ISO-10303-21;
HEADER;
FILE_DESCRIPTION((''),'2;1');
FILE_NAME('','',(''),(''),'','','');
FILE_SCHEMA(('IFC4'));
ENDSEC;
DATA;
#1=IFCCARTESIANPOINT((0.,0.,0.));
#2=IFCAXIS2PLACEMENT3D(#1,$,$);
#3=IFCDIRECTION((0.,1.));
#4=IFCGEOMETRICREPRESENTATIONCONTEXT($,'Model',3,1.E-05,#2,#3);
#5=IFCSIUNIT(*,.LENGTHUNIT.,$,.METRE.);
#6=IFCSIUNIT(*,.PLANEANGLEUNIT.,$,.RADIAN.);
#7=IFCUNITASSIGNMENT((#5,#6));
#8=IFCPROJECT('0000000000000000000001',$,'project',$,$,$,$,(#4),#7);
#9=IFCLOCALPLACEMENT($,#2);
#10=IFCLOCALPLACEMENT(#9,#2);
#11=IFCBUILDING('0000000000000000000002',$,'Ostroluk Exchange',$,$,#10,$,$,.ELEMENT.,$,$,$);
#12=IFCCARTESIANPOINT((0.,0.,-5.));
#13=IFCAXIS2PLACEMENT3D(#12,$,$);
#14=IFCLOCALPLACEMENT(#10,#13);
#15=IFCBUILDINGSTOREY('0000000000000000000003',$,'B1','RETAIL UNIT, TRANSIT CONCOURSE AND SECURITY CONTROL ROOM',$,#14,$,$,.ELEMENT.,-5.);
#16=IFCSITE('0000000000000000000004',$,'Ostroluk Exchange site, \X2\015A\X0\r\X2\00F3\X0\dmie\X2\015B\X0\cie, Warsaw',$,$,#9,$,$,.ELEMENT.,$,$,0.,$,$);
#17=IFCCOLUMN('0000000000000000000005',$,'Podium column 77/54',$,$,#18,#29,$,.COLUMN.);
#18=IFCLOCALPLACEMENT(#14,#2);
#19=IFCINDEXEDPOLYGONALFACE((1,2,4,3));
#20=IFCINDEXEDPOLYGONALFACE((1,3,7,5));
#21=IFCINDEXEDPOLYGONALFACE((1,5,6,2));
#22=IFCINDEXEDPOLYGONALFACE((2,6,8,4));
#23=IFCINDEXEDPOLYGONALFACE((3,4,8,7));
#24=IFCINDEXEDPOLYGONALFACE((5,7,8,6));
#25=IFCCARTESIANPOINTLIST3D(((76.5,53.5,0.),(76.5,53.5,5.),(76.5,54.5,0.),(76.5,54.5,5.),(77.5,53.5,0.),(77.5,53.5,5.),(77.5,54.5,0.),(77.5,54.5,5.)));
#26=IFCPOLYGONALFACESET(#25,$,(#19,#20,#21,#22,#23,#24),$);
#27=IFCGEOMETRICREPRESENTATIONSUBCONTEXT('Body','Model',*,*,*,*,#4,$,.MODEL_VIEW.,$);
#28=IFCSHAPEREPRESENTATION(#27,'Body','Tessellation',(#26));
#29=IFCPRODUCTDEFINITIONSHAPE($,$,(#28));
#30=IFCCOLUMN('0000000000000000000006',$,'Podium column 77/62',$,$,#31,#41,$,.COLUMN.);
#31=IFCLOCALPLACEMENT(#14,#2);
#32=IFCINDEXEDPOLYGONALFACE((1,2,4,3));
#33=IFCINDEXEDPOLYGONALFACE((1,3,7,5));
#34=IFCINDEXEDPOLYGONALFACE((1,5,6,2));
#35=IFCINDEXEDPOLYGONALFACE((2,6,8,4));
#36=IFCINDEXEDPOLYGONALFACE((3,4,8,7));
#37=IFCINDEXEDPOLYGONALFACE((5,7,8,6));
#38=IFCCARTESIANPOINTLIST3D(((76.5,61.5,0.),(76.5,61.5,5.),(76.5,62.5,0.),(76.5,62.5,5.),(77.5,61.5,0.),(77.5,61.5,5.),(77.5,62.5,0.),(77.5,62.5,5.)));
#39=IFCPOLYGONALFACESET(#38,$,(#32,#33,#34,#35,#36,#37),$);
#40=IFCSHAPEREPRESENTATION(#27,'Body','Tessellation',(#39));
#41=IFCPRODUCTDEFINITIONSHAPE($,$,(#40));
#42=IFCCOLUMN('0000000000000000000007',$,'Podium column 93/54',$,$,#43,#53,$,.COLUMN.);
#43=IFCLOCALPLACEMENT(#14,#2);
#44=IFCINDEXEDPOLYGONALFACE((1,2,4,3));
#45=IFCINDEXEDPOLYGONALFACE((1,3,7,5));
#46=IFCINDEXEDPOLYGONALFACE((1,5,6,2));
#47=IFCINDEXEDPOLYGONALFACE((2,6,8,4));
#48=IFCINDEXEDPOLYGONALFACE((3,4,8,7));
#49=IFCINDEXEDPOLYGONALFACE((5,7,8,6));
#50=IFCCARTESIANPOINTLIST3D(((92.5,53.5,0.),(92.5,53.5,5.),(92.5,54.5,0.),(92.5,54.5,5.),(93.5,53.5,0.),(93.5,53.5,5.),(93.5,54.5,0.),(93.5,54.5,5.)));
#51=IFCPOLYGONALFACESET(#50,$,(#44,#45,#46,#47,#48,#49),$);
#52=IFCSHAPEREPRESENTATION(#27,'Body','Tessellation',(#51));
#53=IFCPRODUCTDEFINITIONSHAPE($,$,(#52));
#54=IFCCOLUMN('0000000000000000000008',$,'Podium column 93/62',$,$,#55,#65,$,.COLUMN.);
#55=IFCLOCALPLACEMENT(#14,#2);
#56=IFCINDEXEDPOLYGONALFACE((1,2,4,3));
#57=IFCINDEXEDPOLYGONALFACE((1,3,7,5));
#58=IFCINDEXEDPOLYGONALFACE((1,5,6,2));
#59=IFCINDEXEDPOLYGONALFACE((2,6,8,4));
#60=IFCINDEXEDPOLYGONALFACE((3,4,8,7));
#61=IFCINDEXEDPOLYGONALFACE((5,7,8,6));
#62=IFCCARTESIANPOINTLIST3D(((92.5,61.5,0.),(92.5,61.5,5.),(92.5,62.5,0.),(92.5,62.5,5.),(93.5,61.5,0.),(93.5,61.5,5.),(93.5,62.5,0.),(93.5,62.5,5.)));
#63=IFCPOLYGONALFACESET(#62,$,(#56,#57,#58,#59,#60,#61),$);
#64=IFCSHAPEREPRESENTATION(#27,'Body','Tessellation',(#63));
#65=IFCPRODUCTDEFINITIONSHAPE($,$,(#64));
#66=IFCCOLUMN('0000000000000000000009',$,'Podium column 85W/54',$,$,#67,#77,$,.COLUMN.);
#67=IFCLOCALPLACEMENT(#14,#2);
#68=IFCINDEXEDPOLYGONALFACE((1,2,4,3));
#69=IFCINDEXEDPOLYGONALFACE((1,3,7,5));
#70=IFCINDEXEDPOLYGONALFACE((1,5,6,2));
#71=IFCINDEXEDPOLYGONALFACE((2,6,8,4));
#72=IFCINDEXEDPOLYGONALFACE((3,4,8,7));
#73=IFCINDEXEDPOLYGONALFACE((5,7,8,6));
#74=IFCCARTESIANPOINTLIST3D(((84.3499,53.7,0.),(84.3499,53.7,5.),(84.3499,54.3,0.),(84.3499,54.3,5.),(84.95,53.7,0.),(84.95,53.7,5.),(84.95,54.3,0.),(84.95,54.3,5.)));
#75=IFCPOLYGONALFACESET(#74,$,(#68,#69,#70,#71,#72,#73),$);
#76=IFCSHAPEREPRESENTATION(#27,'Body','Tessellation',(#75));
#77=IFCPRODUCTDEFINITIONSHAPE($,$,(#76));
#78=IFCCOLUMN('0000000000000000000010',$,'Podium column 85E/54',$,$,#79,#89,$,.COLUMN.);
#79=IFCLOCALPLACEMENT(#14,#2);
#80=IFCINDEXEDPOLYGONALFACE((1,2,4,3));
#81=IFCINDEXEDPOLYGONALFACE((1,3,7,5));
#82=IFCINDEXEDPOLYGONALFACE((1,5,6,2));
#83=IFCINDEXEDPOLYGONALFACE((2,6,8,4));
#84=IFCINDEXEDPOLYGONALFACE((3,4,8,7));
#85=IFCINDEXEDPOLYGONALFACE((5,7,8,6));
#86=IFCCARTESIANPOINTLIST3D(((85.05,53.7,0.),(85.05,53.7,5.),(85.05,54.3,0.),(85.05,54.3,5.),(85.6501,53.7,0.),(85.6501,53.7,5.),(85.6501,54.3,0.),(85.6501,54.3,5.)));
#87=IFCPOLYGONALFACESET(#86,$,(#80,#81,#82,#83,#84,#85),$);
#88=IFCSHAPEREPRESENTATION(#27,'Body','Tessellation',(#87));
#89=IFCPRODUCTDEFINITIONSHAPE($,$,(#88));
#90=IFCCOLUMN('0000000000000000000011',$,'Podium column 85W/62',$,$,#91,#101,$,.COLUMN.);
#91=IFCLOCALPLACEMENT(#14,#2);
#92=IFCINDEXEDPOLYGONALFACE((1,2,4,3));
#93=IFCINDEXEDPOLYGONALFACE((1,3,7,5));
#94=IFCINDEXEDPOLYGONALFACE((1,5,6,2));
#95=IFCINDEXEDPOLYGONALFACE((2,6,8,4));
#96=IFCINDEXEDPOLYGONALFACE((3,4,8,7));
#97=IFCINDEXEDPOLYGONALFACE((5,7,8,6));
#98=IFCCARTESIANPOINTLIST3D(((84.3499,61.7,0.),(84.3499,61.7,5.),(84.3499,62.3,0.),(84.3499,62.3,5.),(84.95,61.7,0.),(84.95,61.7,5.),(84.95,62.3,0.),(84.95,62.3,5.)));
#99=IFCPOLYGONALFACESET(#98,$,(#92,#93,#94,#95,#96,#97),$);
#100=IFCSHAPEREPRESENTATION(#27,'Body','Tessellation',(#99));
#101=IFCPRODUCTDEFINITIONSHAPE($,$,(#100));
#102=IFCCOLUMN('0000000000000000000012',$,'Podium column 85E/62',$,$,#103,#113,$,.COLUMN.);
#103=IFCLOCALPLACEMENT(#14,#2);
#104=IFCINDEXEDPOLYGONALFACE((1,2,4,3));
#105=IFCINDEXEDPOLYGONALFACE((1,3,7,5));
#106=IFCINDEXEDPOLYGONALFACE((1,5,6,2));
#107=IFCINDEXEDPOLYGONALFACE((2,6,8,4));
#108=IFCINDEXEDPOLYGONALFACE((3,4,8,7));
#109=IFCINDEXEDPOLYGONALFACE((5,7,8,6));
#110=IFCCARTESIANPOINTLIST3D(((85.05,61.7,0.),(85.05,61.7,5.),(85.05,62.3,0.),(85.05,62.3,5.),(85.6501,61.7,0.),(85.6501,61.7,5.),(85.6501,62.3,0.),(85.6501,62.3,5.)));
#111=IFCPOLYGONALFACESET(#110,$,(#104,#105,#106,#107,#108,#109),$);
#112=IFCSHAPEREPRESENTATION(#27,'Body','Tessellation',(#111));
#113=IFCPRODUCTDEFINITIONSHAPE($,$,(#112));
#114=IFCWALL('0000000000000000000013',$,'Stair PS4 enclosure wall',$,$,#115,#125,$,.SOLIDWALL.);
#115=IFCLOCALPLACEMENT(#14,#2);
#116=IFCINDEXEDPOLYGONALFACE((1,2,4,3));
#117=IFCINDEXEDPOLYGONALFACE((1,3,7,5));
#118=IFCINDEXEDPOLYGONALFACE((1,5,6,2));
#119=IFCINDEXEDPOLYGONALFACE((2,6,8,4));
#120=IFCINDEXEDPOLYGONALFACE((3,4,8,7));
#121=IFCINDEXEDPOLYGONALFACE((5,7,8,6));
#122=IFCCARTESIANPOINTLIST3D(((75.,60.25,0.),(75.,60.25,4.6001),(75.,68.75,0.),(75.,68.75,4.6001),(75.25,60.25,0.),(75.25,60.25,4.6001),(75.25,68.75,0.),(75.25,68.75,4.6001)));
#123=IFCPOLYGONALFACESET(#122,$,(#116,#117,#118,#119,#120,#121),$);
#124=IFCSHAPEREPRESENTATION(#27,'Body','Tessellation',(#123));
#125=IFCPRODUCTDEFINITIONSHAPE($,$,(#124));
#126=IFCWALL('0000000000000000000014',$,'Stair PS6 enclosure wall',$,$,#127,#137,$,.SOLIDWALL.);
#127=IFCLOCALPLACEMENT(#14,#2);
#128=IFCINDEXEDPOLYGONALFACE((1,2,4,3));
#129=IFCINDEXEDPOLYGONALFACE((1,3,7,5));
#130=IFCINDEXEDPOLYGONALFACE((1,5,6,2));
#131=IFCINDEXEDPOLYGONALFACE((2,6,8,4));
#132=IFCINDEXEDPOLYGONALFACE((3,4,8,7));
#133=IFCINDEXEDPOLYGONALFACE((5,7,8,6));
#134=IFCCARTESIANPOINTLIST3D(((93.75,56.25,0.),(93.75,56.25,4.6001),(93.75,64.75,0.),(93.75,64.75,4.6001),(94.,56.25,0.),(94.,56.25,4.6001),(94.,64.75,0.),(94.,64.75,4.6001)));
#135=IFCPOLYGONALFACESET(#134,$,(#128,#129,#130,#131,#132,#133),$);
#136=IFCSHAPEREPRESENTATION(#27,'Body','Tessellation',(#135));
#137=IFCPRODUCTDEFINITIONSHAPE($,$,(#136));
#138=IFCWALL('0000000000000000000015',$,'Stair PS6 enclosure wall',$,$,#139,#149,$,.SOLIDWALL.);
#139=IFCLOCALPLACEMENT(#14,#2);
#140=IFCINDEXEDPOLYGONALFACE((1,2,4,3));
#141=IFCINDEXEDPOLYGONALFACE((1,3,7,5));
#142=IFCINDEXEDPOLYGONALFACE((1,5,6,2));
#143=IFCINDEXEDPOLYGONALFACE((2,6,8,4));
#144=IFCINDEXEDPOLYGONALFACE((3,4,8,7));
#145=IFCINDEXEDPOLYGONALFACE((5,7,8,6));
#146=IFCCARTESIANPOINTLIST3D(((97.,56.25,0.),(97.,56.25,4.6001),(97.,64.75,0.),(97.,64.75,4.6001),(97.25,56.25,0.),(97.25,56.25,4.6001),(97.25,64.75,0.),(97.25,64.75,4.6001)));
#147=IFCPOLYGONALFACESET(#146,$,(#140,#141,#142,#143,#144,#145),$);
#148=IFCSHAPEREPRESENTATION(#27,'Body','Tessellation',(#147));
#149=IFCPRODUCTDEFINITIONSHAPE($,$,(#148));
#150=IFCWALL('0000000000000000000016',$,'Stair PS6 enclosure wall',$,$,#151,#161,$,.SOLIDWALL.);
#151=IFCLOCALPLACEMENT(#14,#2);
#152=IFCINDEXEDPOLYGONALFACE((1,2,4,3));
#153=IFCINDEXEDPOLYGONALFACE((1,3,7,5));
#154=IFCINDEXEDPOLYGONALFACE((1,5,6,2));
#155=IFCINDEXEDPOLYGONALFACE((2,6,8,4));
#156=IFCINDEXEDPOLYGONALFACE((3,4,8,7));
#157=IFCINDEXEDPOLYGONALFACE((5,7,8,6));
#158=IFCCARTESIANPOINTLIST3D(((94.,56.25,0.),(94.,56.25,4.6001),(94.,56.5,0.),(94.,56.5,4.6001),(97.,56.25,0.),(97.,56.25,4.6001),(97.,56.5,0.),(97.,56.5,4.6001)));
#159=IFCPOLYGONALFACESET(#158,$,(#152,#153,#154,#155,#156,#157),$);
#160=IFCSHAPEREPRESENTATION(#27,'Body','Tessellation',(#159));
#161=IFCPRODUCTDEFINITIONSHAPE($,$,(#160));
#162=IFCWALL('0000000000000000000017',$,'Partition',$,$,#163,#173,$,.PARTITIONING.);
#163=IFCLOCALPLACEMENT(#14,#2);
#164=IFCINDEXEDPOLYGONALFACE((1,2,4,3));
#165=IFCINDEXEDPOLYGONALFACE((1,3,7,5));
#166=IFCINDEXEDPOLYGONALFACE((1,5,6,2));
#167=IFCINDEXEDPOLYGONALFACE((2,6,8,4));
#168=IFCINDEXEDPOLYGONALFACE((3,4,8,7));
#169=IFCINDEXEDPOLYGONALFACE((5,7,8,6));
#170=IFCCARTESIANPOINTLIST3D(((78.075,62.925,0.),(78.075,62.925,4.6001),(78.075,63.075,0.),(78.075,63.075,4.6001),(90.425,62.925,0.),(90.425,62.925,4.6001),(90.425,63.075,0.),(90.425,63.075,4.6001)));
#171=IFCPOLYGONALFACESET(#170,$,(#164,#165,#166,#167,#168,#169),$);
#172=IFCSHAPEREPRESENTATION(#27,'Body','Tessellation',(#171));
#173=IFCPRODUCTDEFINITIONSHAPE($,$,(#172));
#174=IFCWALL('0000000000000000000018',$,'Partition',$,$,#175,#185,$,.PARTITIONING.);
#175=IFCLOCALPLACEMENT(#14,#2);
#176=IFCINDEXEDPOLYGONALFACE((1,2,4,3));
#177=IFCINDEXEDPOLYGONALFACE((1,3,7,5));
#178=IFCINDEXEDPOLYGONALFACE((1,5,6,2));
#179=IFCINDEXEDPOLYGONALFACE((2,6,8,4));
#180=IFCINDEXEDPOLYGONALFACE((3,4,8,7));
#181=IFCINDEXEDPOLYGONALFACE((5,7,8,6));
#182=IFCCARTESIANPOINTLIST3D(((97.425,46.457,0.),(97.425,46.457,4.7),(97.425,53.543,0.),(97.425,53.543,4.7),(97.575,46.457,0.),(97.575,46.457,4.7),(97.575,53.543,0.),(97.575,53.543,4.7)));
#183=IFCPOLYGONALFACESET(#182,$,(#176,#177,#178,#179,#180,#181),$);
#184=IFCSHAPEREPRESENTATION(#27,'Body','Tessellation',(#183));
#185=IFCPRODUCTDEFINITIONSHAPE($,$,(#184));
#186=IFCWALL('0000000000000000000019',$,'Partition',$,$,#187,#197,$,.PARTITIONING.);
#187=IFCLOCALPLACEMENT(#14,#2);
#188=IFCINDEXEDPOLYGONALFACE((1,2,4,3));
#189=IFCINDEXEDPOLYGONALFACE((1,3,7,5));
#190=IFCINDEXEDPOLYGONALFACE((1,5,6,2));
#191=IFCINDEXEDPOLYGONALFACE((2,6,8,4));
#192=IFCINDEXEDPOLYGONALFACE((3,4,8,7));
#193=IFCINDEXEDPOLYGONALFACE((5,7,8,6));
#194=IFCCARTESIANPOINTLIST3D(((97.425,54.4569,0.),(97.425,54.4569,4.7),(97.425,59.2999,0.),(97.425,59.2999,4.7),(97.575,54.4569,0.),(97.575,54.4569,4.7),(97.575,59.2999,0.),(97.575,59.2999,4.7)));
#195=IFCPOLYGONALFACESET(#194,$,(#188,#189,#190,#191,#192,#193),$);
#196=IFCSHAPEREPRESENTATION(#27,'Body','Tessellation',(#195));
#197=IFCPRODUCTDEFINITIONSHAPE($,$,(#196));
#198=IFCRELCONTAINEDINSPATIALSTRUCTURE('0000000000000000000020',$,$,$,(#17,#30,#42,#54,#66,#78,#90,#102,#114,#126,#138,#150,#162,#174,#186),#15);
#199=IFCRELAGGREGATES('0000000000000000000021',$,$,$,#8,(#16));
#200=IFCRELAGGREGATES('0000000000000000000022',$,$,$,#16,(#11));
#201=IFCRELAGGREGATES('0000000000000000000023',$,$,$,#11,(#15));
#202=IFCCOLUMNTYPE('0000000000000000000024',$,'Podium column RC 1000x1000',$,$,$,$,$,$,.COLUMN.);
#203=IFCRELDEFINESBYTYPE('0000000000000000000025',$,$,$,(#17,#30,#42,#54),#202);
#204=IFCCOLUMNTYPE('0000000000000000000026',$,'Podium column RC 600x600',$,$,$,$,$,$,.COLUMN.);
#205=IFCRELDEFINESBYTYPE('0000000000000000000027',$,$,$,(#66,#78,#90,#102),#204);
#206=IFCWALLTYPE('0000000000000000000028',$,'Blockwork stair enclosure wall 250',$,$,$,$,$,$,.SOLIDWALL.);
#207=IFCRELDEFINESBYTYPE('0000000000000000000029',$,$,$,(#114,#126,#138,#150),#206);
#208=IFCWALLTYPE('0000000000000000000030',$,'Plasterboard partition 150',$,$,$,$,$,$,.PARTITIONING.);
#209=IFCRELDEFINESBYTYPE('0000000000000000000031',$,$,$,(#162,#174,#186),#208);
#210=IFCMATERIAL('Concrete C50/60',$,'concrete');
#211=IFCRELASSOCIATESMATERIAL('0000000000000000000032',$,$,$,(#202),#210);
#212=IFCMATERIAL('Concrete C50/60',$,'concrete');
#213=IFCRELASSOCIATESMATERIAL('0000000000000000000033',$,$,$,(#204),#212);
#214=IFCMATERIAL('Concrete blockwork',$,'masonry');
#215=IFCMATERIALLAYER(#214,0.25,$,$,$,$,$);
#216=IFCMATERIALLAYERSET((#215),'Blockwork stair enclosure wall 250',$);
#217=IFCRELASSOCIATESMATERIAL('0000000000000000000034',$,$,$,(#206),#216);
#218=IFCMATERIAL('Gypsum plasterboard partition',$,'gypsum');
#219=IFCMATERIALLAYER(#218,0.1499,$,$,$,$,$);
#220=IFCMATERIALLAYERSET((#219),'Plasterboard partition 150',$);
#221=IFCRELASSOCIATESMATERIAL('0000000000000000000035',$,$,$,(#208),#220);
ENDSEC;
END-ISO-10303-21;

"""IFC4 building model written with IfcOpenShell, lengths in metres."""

from ifc_helpers import new_model, si_unit, direction, frame, frame_2d, origin, origin_2d, place, context, subcontext, project, spatial, rectangle, extrude, material, layer, layer_set, material_profile, profile_set, type_object, element, save


model = new_model("IFC4")

# Units and contexts
model_context = context("Model", 3, precision=1e-05, world=origin(), true_north=direction((0.0, 1.0)))
body_context = subcontext(model_context, "Body", "Model", "MODEL_VIEW")
ifc_project = project(units=[si_unit("LENGTHUNIT", "METRE"), si_unit("PLANEANGLEUNIT", "RADIAN")], contexts=[model_context])

# Site, building, storey
site_placement = place(None, origin())
site = spatial("IfcSite", under=ifc_project, at=site_placement, Name="Ostroluk Exchange site, Śródmieście, Warsaw", CompositionType="ELEMENT", RefElevation=0.0)
building_placement = place(site_placement, origin())
building = spatial("IfcBuilding", under=site, at=building_placement, Name="Ostroluk Exchange", CompositionType="ELEMENT")
storey_placement = place(building_placement, frame((0.0, 0.0, -5.0)))
storey = spatial("IfcBuildingStorey", under=building, at=storey_placement, Name="B1", Description="RETAIL UNIT, TRANSIT CONCOURSE AND SECURITY CONTROL ROOM", CompositionType="ELEMENT", Elevation=-5.0)

# Columns
ifc_material_1 = material(Name="Concrete C50/60", Category="concrete")
ifc_material_profile_1 = material_profile(ifc_material_1, rectangle(XDim=1.0, YDim=1.0, at=origin_2d()), Name="RC 1000x1000")
ifc_profile_set_1 = profile_set([ifc_material_profile_1], Name="Concrete C50/60")
column_type_1 = type_object("IfcColumnType", Name="Podium column RC 1000x1000", PredefinedType="COLUMN", material=ifc_profile_set_1)
for number, where, z_axis, x_axis, name in (
    (1, (77.0, 54.0, 0.0), (0.0, 0.0, 1.0), (1.0, 0.0, 0.0), "Podium column 77/54"),
    (2, (77.0, 62.0, 0.0), (0.0, 0.0, 1.0), (1.0, 0.0, 0.0), "Podium column 77/62"),
    (3, (93.0, 54.0, 0.0), (0.0, 0.0, 1.0), (1.0, 0.0, 0.0), "Podium column 93/54"),
    (4, (93.0, 62.0, 0.0), (0.0, 0.0, 1.0), (1.0, 0.0, 0.0), "Podium column 93/62"),
):
    element("IfcColumn", number, at=place(storey_placement, frame(where, z_axis=z_axis, x_axis=x_axis)), inside=storey, type_object=column_type_1, Name=name, PredefinedType="COLUMN", context=body_context, shape_type="SweptSolid", body=[
        extrude(rectangle(XDim=1.0, YDim=1.0, at=origin_2d()), origin(), (0.0, 0.0, 1.0), 5.0),
    ])
ifc_material_2 = material(Name="Concrete C50/60", Category="concrete")
ifc_material_profile_2 = material_profile(ifc_material_2, rectangle(XDim=0.6001, YDim=0.6001, at=origin_2d()), Name="RC 600x600")
ifc_profile_set_2 = profile_set([ifc_material_profile_2], Name="Concrete C50/60")
column_type_2 = type_object("IfcColumnType", Name="Podium column RC 600x600", PredefinedType="COLUMN", material=ifc_profile_set_2)
for number, where, z_axis, x_axis, name in (
    (5, (84.6499, 54.0, 0.0), (0.0, 0.0, 1.0), (1.0, 0.0, 0.0), "Podium column 85W/54"),
    (6, (85.3501, 54.0, 0.0), (0.0, 0.0, 1.0), (1.0, 0.0, 0.0), "Podium column 85E/54"),
    (7, (84.6499, 62.0, 0.0), (0.0, 0.0, 1.0), (1.0, 0.0, 0.0), "Podium column 85W/62"),
    (8, (85.3501, 62.0, 0.0), (0.0, 0.0, 1.0), (1.0, 0.0, 0.0), "Podium column 85E/62"),
):
    element("IfcColumn", number, at=place(storey_placement, frame(where, z_axis=z_axis, x_axis=x_axis)), inside=storey, type_object=column_type_2, Name=name, PredefinedType="COLUMN", context=body_context, shape_type="SweptSolid", body=[
        extrude(rectangle(XDim=0.6001, YDim=0.6001, at=origin_2d()), origin(), (0.0, 0.0, 1.0), 5.0),
    ])

# Walls
ifc_material_3 = material(Name="Concrete blockwork", Category="masonry")
ifc_layer_1 = layer(ifc_material_3, 0.25)
ifc_layer_set_1 = layer_set([ifc_layer_1], Name="Blockwork stair enclosure wall 250")
wall_type_1 = type_object("IfcWallType", Name="Blockwork stair enclosure wall 250", PredefinedType="SOLIDWALL", material=ifc_layer_set_1)
for number, where, z_axis, x_axis, name in (
    (9, (75.125, 60.25, 0.0), (0.0, 0.0, 1.0), (0.0, 1.0, 0.0), "Stair PS4 enclosure wall"),
    (10, (93.875, 56.25, 0.0), (0.0, 0.0, 1.0), (0.0, 1.0, 0.0), "Stair PS6 enclosure wall"),
    (11, (97.125, 56.25, 0.0), (0.0, 0.0, 1.0), (0.0, 1.0, 0.0), "Stair PS6 enclosure wall"),
):
    element("IfcWall", number, at=place(storey_placement, frame(where, z_axis=z_axis, x_axis=x_axis)), inside=storey, type_object=wall_type_1, Name=name, PredefinedType="SOLIDWALL", context=body_context, shape_type="SweptSolid", body=[
        extrude(rectangle(XDim=8.5, YDim=0.25, at=frame_2d((4.25, 0.0))), origin(), (0.0, 0.0, 1.0), 4.6001),
    ])
wall_1_placement = place(storey_placement, frame((94.0, 56.375, 0.0), z_axis=(0.0, 0.0, 1.0), x_axis=(1.0, 0.0, 0.0)))
element("IfcWall", 12, at=wall_1_placement, inside=storey, type_object=wall_type_1, Name="Stair PS6 enclosure wall", PredefinedType="SOLIDWALL", context=body_context, shape_type="SweptSolid", body=[
    extrude(rectangle(XDim=3.0, YDim=0.25, at=frame_2d((1.5, 0.0))), origin(), (0.0, 0.0, 1.0), 4.6001),
])
ifc_material_4 = material(Name="Gypsum plasterboard partition", Category="gypsum")
ifc_layer_2 = layer(ifc_material_4, 0.1499)
ifc_layer_set_2 = layer_set([ifc_layer_2], Name="Plasterboard partition 150")
wall_type_2 = type_object("IfcWallType", Name="Plasterboard partition 150", PredefinedType="PARTITIONING", material=ifc_layer_set_2)
wall_2_placement = place(storey_placement, frame((78.075, 63.0, 0.0), z_axis=(0.0, 0.0, 1.0), x_axis=(1.0, 0.0, 0.0)))
element("IfcWall", 13, at=wall_2_placement, inside=storey, type_object=wall_type_2, Name="Partition", PredefinedType="PARTITIONING", context=body_context, shape_type="SweptSolid", body=[
    extrude(rectangle(XDim=12.3501, YDim=0.1499, at=frame_2d((6.175, 0.0))), origin(), (0.0, 0.0, 1.0), 4.6001),
])
wall_3_placement = place(storey_placement, frame((97.5, 46.457, 0.0), z_axis=(0.0, 0.0, 1.0), x_axis=(0.0, 1.0, 0.0)))
element("IfcWall", 14, at=wall_3_placement, inside=storey, type_object=wall_type_2, Name="Partition", PredefinedType="PARTITIONING", context=body_context, shape_type="SweptSolid", body=[
    extrude(rectangle(XDim=7.0859, YDim=0.1499, at=frame_2d((3.543, 0.0))), origin(), (0.0, 0.0, 1.0), 4.7),
])
wall_4_placement = place(storey_placement, frame((97.5, 54.457, 0.0), z_axis=(0.0, 0.0, 1.0), x_axis=(0.0, 1.0, 0.0)))
element("IfcWall", 15, at=wall_4_placement, inside=storey, type_object=wall_type_2, Name="Partition", PredefinedType="PARTITIONING", context=body_context, shape_type="SweptSolid", body=[
    extrude(rectangle(XDim=4.843, YDim=0.1499, at=frame_2d((2.4214, 0.0))), origin(), (0.0, 0.0, 1.0), 4.7),
])

save(model, "model.ifc")
